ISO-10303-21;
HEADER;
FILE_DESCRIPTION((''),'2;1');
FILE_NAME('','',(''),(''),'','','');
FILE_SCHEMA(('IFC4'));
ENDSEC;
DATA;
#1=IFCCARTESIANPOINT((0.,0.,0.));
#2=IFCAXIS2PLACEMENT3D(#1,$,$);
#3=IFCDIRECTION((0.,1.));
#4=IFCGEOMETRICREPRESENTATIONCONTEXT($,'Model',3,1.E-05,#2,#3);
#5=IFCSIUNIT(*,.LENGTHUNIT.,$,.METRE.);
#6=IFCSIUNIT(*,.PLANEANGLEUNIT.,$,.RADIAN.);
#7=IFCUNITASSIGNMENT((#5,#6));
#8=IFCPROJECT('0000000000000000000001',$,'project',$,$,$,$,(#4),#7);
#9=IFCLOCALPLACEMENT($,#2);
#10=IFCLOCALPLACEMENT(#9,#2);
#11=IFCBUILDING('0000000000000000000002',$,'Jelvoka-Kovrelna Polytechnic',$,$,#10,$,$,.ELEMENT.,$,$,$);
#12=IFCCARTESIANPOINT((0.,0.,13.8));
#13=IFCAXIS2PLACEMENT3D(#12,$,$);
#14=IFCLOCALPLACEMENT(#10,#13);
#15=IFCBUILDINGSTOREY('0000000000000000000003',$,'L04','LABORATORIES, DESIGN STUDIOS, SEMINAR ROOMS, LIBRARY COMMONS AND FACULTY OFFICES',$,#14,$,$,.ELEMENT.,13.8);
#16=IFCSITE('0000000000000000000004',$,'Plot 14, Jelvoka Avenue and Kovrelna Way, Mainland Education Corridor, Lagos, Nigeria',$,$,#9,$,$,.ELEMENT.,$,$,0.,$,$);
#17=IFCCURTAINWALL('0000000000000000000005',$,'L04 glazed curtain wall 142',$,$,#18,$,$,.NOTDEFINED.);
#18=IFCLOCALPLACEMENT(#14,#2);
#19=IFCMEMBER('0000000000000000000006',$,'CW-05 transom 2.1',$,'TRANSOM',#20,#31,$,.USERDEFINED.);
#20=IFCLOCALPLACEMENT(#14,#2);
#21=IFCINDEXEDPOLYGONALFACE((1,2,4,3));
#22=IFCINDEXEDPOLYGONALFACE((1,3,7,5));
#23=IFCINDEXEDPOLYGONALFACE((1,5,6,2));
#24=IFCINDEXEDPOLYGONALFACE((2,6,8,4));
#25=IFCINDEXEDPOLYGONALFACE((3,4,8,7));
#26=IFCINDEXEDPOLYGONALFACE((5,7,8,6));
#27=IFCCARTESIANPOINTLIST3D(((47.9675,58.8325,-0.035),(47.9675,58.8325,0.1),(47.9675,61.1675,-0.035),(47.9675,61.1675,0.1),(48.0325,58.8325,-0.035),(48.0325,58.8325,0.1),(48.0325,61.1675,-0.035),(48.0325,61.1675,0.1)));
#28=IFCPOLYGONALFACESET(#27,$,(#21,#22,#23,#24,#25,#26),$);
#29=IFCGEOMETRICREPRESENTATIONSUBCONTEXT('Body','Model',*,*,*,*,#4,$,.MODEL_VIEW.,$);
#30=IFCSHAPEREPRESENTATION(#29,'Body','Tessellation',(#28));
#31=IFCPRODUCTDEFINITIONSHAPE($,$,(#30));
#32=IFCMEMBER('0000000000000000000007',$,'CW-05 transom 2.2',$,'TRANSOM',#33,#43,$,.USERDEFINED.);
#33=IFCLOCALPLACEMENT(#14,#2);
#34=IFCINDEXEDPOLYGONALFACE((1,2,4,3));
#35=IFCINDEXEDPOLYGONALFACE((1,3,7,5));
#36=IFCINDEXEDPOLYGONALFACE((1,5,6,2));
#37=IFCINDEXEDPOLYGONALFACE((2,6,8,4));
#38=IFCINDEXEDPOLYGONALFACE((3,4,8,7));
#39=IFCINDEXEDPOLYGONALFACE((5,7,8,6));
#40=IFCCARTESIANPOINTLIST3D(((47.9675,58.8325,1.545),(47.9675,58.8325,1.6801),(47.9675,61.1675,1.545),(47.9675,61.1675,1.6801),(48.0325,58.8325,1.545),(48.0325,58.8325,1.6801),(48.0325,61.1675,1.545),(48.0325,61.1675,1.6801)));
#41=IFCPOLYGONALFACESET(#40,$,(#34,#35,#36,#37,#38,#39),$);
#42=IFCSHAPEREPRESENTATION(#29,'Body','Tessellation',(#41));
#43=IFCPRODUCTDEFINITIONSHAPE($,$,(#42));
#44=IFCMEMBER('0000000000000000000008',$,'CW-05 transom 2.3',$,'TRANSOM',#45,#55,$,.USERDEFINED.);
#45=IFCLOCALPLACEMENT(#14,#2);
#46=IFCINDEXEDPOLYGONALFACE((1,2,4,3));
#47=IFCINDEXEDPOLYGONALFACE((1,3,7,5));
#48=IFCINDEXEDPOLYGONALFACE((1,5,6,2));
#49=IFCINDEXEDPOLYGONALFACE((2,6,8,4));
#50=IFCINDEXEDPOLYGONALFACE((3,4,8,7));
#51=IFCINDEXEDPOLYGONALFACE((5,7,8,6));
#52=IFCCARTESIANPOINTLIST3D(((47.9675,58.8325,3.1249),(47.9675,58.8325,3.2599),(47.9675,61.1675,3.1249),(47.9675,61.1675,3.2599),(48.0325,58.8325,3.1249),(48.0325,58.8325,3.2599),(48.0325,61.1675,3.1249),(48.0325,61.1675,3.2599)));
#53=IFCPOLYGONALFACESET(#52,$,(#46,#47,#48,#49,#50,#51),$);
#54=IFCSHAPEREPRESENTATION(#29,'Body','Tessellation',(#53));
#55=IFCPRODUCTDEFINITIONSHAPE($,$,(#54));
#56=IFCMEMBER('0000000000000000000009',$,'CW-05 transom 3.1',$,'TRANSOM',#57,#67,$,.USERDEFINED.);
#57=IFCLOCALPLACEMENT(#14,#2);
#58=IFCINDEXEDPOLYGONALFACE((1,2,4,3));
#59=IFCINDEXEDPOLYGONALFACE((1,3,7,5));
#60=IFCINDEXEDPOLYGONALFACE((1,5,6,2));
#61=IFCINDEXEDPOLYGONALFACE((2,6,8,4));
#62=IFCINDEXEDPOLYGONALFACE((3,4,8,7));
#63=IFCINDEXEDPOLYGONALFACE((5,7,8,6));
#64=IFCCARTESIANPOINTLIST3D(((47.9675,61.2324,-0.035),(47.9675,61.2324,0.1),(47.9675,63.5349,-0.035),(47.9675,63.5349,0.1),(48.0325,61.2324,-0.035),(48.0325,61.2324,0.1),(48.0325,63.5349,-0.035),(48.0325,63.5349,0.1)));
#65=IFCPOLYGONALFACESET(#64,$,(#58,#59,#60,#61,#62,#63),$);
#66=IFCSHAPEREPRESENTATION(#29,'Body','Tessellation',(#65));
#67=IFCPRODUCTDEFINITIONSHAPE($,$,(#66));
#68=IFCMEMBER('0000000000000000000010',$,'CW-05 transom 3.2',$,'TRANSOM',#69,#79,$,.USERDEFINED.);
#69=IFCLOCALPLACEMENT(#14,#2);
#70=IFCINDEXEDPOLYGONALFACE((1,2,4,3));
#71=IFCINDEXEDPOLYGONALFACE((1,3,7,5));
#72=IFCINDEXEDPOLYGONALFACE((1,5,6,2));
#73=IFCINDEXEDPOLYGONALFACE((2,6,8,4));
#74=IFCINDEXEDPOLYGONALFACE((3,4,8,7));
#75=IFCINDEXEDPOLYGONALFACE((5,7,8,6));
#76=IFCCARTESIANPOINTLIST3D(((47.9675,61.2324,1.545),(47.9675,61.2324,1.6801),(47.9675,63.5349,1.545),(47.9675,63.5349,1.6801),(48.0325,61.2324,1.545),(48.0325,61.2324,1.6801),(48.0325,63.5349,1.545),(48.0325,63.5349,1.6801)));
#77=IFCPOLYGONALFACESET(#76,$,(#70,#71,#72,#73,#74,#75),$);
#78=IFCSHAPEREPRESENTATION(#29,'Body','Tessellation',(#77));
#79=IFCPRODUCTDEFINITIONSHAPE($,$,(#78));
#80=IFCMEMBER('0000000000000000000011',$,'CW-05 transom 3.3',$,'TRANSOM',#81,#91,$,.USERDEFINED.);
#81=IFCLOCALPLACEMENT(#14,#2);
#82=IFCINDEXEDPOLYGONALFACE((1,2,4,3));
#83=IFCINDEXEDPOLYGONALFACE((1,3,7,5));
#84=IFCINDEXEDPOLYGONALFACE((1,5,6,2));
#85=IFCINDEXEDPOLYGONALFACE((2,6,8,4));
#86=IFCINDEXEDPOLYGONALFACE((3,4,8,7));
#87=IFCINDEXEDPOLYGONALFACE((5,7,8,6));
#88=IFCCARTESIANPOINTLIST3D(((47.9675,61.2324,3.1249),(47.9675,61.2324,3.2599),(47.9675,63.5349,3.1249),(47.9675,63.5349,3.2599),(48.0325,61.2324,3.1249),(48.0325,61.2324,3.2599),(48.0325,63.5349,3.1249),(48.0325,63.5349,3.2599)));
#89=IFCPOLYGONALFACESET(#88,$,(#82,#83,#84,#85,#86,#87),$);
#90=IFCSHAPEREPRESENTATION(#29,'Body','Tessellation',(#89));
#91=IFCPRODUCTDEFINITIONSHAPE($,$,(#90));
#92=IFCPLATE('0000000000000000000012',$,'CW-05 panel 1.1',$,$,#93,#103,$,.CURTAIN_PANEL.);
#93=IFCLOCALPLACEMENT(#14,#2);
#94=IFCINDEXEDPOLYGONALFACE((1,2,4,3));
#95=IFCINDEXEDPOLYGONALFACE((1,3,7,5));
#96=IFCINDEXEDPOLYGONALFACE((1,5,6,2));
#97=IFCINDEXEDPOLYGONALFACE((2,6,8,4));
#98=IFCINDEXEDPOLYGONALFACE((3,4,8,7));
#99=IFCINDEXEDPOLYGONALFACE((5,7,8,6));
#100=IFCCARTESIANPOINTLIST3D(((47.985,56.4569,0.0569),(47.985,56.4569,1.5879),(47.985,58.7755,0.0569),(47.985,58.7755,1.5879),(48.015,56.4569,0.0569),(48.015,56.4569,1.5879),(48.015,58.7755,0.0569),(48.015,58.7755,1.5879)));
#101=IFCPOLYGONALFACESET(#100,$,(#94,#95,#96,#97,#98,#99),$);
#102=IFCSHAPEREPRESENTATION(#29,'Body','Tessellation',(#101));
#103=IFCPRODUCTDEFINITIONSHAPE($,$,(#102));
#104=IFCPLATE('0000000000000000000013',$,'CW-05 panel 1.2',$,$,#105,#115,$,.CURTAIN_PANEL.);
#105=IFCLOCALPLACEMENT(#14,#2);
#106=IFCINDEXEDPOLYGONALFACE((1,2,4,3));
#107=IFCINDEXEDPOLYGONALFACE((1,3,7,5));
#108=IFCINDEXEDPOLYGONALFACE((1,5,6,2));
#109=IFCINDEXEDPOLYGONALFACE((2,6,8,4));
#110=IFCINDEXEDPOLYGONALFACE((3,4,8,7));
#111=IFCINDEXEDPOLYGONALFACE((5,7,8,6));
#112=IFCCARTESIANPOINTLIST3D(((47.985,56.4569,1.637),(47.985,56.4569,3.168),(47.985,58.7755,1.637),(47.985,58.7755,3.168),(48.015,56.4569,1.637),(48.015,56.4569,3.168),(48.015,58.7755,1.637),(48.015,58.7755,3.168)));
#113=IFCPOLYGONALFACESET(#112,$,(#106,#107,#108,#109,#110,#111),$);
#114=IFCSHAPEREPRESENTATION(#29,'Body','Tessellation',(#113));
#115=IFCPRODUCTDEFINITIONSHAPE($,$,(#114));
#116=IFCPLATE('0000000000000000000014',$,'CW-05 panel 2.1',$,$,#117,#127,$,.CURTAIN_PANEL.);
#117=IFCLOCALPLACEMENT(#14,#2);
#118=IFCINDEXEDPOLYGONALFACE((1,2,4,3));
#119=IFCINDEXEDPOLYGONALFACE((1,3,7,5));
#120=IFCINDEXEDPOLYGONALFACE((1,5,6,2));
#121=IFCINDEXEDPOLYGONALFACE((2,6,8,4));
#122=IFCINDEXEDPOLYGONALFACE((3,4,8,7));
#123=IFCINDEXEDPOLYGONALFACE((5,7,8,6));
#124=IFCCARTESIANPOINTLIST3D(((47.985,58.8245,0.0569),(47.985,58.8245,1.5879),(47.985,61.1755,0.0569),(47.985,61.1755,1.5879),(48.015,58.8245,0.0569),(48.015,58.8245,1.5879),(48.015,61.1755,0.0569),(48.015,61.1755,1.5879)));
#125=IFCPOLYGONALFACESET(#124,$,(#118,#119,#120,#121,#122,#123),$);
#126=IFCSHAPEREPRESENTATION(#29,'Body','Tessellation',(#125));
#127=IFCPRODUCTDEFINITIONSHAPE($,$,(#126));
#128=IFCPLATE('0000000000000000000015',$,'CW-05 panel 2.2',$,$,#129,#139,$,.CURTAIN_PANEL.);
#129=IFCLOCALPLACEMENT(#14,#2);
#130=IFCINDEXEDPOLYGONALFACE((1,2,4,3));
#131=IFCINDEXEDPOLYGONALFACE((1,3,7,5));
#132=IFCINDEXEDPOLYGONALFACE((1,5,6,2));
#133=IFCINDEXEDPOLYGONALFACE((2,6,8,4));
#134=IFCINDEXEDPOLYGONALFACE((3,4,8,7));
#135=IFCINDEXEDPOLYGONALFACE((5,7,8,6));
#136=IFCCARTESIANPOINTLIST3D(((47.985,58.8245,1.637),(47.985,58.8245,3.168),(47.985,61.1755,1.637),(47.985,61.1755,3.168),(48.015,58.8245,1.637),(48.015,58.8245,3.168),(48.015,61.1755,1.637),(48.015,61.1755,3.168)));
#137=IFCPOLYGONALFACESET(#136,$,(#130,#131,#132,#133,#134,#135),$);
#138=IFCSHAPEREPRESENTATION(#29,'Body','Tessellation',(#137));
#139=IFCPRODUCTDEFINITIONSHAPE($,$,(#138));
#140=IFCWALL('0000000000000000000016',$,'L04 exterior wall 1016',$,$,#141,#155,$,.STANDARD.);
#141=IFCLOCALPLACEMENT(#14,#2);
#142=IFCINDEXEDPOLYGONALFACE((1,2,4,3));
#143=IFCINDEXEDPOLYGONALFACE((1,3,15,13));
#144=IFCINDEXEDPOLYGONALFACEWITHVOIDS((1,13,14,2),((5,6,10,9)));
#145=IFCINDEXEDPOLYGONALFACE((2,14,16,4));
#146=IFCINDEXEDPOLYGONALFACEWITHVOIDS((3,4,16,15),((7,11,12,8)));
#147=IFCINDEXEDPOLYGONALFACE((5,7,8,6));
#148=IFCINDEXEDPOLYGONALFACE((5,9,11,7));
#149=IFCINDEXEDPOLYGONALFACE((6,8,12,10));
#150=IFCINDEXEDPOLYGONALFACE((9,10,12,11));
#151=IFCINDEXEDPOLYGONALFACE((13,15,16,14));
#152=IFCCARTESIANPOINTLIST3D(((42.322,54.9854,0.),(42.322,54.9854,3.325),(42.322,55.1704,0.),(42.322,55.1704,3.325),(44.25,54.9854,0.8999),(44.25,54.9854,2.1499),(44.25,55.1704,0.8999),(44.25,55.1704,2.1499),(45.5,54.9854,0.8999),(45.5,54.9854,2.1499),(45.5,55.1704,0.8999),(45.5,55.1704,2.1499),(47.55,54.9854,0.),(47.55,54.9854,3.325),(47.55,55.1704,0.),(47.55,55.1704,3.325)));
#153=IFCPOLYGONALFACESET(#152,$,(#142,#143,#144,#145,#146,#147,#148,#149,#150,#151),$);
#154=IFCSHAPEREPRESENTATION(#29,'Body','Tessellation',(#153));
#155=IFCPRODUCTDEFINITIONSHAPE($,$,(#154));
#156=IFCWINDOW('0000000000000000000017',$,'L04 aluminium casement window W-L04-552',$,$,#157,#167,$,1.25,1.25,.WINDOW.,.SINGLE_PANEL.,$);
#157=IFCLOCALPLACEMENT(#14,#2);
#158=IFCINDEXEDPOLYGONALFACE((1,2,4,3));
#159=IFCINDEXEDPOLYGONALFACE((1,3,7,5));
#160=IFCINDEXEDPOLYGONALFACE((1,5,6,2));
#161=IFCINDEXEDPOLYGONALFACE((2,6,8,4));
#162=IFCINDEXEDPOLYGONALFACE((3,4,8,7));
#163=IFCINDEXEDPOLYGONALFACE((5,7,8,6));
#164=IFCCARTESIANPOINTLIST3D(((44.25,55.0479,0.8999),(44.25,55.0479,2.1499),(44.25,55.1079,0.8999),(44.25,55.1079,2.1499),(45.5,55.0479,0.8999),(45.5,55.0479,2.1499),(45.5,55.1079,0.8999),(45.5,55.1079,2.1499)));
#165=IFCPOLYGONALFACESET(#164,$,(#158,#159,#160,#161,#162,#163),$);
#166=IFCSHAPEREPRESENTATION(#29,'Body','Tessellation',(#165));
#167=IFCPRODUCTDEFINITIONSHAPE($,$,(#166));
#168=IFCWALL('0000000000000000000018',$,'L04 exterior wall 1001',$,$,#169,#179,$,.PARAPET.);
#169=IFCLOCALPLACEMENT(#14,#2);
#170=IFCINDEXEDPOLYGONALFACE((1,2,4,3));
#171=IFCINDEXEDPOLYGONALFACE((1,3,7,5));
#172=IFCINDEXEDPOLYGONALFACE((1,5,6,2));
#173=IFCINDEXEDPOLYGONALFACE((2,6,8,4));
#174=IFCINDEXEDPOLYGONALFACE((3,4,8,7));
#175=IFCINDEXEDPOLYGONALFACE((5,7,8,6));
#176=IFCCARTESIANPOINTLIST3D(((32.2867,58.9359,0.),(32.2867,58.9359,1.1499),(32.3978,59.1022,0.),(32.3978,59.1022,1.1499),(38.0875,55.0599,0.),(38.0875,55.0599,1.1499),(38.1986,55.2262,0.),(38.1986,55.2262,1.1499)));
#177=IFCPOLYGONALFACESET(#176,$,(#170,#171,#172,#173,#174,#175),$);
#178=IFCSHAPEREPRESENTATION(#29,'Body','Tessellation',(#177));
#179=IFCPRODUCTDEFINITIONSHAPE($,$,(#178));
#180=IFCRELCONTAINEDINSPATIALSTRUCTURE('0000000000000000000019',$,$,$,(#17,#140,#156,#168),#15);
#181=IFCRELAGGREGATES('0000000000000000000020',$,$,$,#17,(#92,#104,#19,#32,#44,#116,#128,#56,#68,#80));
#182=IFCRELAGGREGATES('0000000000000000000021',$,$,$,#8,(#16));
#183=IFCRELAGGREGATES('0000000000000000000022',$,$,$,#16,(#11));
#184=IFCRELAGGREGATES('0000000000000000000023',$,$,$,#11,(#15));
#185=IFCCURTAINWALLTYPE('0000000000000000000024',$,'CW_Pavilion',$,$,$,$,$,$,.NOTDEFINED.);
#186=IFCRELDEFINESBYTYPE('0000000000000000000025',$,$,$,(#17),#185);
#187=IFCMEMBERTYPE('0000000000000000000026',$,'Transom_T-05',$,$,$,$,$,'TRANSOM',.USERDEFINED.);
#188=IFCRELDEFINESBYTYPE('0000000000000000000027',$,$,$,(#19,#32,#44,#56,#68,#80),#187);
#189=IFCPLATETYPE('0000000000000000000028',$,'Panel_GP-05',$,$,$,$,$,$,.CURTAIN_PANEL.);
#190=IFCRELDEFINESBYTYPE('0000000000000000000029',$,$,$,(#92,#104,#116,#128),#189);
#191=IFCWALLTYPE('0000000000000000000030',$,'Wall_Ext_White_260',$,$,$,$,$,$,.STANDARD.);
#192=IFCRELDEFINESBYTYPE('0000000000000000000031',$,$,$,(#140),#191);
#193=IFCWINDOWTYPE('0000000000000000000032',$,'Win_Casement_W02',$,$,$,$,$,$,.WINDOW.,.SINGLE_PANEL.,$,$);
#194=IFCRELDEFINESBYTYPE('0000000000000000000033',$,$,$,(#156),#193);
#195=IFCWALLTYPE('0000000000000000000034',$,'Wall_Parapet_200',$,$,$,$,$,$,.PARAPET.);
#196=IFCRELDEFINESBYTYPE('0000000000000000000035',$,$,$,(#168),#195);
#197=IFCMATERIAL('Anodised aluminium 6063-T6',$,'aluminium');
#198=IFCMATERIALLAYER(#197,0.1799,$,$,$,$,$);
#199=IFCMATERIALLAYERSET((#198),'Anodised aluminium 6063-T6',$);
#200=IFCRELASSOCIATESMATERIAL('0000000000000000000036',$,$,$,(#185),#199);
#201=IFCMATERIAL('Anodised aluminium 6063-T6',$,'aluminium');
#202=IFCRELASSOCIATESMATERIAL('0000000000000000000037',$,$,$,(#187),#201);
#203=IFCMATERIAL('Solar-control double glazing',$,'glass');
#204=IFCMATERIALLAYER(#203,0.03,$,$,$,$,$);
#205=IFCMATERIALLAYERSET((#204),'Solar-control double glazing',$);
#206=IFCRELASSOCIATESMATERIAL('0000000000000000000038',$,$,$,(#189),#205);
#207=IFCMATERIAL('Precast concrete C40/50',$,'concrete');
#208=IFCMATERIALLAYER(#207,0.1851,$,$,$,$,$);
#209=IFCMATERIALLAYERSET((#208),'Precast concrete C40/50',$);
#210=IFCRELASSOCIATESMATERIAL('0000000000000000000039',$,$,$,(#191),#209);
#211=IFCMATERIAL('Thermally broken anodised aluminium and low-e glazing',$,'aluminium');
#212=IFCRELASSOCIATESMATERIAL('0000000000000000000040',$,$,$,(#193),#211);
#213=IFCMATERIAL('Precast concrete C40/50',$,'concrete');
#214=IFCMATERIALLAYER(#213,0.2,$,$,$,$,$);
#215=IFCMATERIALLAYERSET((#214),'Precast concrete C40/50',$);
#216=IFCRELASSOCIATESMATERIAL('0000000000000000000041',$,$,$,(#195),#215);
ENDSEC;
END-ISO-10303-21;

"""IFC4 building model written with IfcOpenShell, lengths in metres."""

from ifc_helpers import new_model, si_unit, direction, frame, frame_2d, origin, origin_2d, place, context, subcontext, project, spatial, rectangle, extrude, material, layer, layer_set, material_profile, profile_set, type_object, element, fill, aggregate, save


model = new_model("IFC4")

# Units and contexts
model_context = context("Model", 3, precision=1e-05, world=origin(), true_north=direction((0.0, 1.0)))
body_context = subcontext(model_context, "Body", "Model", "MODEL_VIEW")
ifc_project = project(units=[si_unit("LENGTHUNIT", "METRE"), si_unit("PLANEANGLEUNIT", "RADIAN")], contexts=[model_context])

# Site, building, storey
site_placement = place(None, origin())
site = spatial("IfcSite", under=ifc_project, at=site_placement, Name="Plot 14, Jelvoka Avenue and Kovrelna Way, Mainland Education Corridor, Lagos, Nigeria", CompositionType="ELEMENT", RefElevation=0.0)
building_placement = place(site_placement, origin())
building = spatial("IfcBuilding", under=site, at=building_placement, Name="Jelvoka-Kovrelna Polytechnic", CompositionType="ELEMENT")
storey_placement = place(building_placement, frame((0.0, 0.0, 13.8)))
storey = spatial("IfcBuildingStorey", under=building, at=storey_placement, Name="L04", Description="LABORATORIES, DESIGN STUDIOS, SEMINAR ROOMS, LIBRARY COMMONS AND FACULTY OFFICES", CompositionType="ELEMENT", Elevation=13.8)

# Curtain wall
ifc_material_1 = material(Name="Anodised aluminium 6063-T6", Category="aluminium")
ifc_layer_1 = layer(ifc_material_1, 0.1799)
ifc_layer_set_1 = layer_set([ifc_layer_1], Name="Anodised aluminium 6063-T6")
curtain_wall_type = type_object("IfcCurtainWallType", Name="CW_Pavilion", PredefinedType="NOTDEFINED", material=ifc_layer_set_1)
curtain_wall_placement = place(storey_placement, origin())
curtain_wall = element("IfcCurtainWall", 1, at=curtain_wall_placement, inside=storey, type_object=curtain_wall_type, Name="L04 glazed curtain wall 142", PredefinedType="NOTDEFINED")

# Members
ifc_material_2 = material(Name="Anodised aluminium 6063-T6", Category="aluminium")
ifc_material_profile_1 = material_profile(ifc_material_2, rectangle(XDim=0.0649, YDim=0.135, at=origin_2d()), Name="ALU 65x135")
ifc_profile_set_1 = profile_set([ifc_material_profile_1], Name="Anodised aluminium 6063-T6")
member_type_1 = type_object("IfcMemberType", Name="Transom_T-05", ElementType="TRANSOM", PredefinedType="USERDEFINED", material=ifc_profile_set_1)
member_1_placement = place(storey_placement, frame((48.0, 58.8325, 0.0325), z_axis=(0.0, 1.0, 0.0), x_axis=(-1.0, 0.0, 0.0)))
member_1 = element("IfcMember", 2, at=member_1_placement, type_object=member_type_1, Name="CW-05 transom 2.1", ObjectType="TRANSOM", PredefinedType="USERDEFINED", context=body_context, shape_type="SweptSolid", body=[
    extrude(rectangle(XDim=0.0649, YDim=0.135, at=origin_2d()), origin(), (0.0, 0.0, 1.0), 2.335),
])
member_2_placement = place(storey_placement, frame((48.0, 58.8325, 1.6125), z_axis=(0.0, 1.0, 0.0), x_axis=(-1.0, 0.0, 0.0)))
member_2 = element("IfcMember", 3, at=member_2_placement, type_object=member_type_1, Name="CW-05 transom 2.2", ObjectType="TRANSOM", PredefinedType="USERDEFINED", context=body_context, shape_type="SweptSolid", body=[
    extrude(rectangle(XDim=0.0649, YDim=0.135, at=origin_2d()), origin(), (0.0, 0.0, 1.0), 2.335),
])
member_3_placement = place(storey_placement, frame((48.0, 58.8325, 3.1924), z_axis=(0.0, 1.0, 0.0), x_axis=(-1.0, 0.0, 0.0)))
member_3 = element("IfcMember", 4, at=member_3_placement, type_object=member_type_1, Name="CW-05 transom 2.3", ObjectType="TRANSOM", PredefinedType="USERDEFINED", context=body_context, shape_type="SweptSolid", body=[
    extrude(rectangle(XDim=0.0649, YDim=0.135, at=origin_2d()), origin(), (0.0, 0.0, 1.0), 2.335),
])
member_4_placement = place(storey_placement, frame((48.0, 61.2324, 0.0325), z_axis=(0.0, 1.0, 0.0), x_axis=(-1.0, 0.0, 0.0)))
member_4 = element("IfcMember", 5, at=member_4_placement, type_object=member_type_1, Name="CW-05 transom 3.1", ObjectType="TRANSOM", PredefinedType="USERDEFINED", context=body_context, shape_type="SweptSolid", body=[
    extrude(rectangle(XDim=0.0649, YDim=0.135, at=origin_2d()), origin(), (0.0, 0.0, 1.0), 2.3025),
])
member_5_placement = place(storey_placement, frame((48.0, 61.2324, 1.6125), z_axis=(0.0, 1.0, 0.0), x_axis=(-1.0, 0.0, 0.0)))
member_5 = element("IfcMember", 6, at=member_5_placement, type_object=member_type_1, Name="CW-05 transom 3.2", ObjectType="TRANSOM", PredefinedType="USERDEFINED", context=body_context, shape_type="SweptSolid", body=[
    extrude(rectangle(XDim=0.0649, YDim=0.135, at=origin_2d()), origin(), (0.0, 0.0, 1.0), 2.3025),
])
member_6_placement = place(storey_placement, frame((48.0, 61.2324, 3.1924), z_axis=(0.0, 1.0, 0.0), x_axis=(-1.0, 0.0, 0.0)))
member_6 = element("IfcMember", 7, at=member_6_placement, type_object=member_type_1, Name="CW-05 transom 3.3", ObjectType="TRANSOM", PredefinedType="USERDEFINED", context=body_context, shape_type="SweptSolid", body=[
    extrude(rectangle(XDim=0.0649, YDim=0.135, at=origin_2d()), origin(), (0.0, 0.0, 1.0), 2.3025),
])

# Plates
ifc_material_3 = material(Name="Solar-control double glazing", Category="glass")
ifc_layer_2 = layer(ifc_material_3, 0.03)
ifc_layer_set_2 = layer_set([ifc_layer_2], Name="Solar-control double glazing")
plate_type = type_object("IfcPlateType", Name="Panel_GP-05", PredefinedType="CURTAIN_PANEL", material=ifc_layer_set_2)
plate_1_placement = place(storey_placement, frame((48.0, 57.6162, 0.0569), z_axis=(0.0, 0.0, 1.0), x_axis=(0.0, 1.0, 0.0)))
plate_1 = element("IfcPlate", 8, at=plate_1_placement, type_object=plate_type, Name="CW-05 panel 1.1", PredefinedType="CURTAIN_PANEL", context=body_context, shape_type="SweptSolid", body=[
    extrude(rectangle(XDim=2.3186, YDim=0.03, at=origin_2d()), origin(), (0.0, 0.0, 1.0), 1.531),
])
plate_2_placement = place(storey_placement, frame((48.0, 57.6162, 1.637), z_axis=(0.0, 0.0, 1.0), x_axis=(0.0, 1.0, 0.0)))
plate_2 = element("IfcPlate", 9, at=plate_2_placement, type_object=plate_type, Name="CW-05 panel 1.2", PredefinedType="CURTAIN_PANEL", context=body_context, shape_type="SweptSolid", body=[
    extrude(rectangle(XDim=2.3186, YDim=0.03, at=origin_2d()), origin(), (0.0, 0.0, 1.0), 1.531),
])
plate_3_placement = place(storey_placement, frame((48.0, 60.0, 0.0569), z_axis=(0.0, 0.0, 1.0), x_axis=(0.0, 1.0, 0.0)))
plate_3 = element("IfcPlate", 10, at=plate_3_placement, type_object=plate_type, Name="CW-05 panel 2.1", PredefinedType="CURTAIN_PANEL", context=body_context, shape_type="SweptSolid", body=[
    extrude(rectangle(XDim=2.3511, YDim=0.03, at=origin_2d()), origin(), (0.0, 0.0, 1.0), 1.531),
])
plate_4_placement = place(storey_placement, frame((48.0, 60.0, 1.637), z_axis=(0.0, 0.0, 1.0), x_axis=(0.0, 1.0, 0.0)))
plate_4 = element("IfcPlate", 11, at=plate_4_placement, type_object=plate_type, Name="CW-05 panel 2.2", PredefinedType="CURTAIN_PANEL", context=body_context, shape_type="SweptSolid", body=[
    extrude(rectangle(XDim=2.3511, YDim=0.03, at=origin_2d()), origin(), (0.0, 0.0, 1.0), 1.531),
])
aggregate(curtain_wall, [plate_1, plate_2, member_1, member_2, member_3, plate_3, plate_4, member_4, member_5, member_6])

# Wall, opening, window
ifc_material_4 = material(Name="Precast concrete C40/50", Category="concrete")
ifc_layer_3 = layer(ifc_material_4, 0.1851)
ifc_layer_set_3 = layer_set([ifc_layer_3], Name="Precast concrete C40/50")
wall_type_1 = type_object("IfcWallType", Name="Wall_Ext_White_260", PredefinedType="STANDARD", material=ifc_layer_set_3)
wall_1_placement = place(storey_placement, frame((42.322, 55.0779, 0.0), z_axis=(0.0, 0.0, 1.0), x_axis=(1.0, 0.0, 0.0)))
wall_1 = element("IfcWall", 12, at=wall_1_placement, inside=storey, type_object=wall_type_1, Name="L04 exterior wall 1016", PredefinedType="STANDARD", context=body_context, shape_type="SweptSolid", body=[
    extrude(rectangle(XDim=5.228, YDim=0.1851, at=frame_2d((2.614, 0.0))), origin(), (0.0, 0.0, 1.0), 3.325),
])
opening_placement = place(wall_1_placement, frame((1.928, 0.0, 0.8999)))
opening = element("IfcOpeningElement", 13, at=opening_placement, cuts=wall_1, PredefinedType="OPENING", context=body_context, shape_type="SweptSolid", body=[
    extrude(rectangle(XDim=1.25, YDim=1.25, at=frame_2d((0.625, 0.625))), frame((0.0, 0.1025, 0.0), z_axis=(0.0, -1.0, 0.0), x_axis=(1.0, 0.0, 0.0)), (0.0, 0.0, 1.0), 0.2051),
])
ifc_material_5 = material(Name="Thermally broken anodised aluminium and low-e glazing", Category="aluminium")
window_type = type_object("IfcWindowType", Name="Win_Casement_W02", PartitioningType="SINGLE_PANEL", PredefinedType="WINDOW", material=ifc_material_5)
window_placement = place(opening_placement, origin())
window = element("IfcWindow", 14, at=window_placement, inside=storey, type_object=window_type, Name="L04 aluminium casement window W-L04-552", OverallHeight=1.25, OverallWidth=1.25, PartitioningType="SINGLE_PANEL", PredefinedType="WINDOW", context=body_context, shape_type="SweptSolid", body=[
    extrude(rectangle(XDim=1.25, YDim=1.25, at=frame_2d((0.625, 0.625))), frame((0.0, 0.03, 0.0), z_axis=(0.0, -1.0, 0.0), x_axis=(1.0, 0.0, 0.0)), (0.0, 0.0, 1.0), 0.0601),
])
fill(opening, window)

# Wall
ifc_material_6 = material(Name="Precast concrete C40/50", Category="concrete")
ifc_layer_4 = layer(ifc_material_6, 0.2)
ifc_layer_set_4 = layer_set([ifc_layer_4], Name="Precast concrete C40/50")
wall_type_2 = type_object("IfcWallType", Name="Wall_Parapet_200", PredefinedType="PARAPET", material=ifc_layer_set_4)
wall_2_placement = place(storey_placement, frame((38.1431, 55.1431, 0.0), z_axis=(0.0, 0.0, 1.0), x_axis=(-0.831468, 0.555572, 0.0)))
element("IfcWall", 15, at=wall_2_placement, inside=storey, type_object=wall_type_2, Name="L04 exterior wall 1001", PredefinedType="PARAPET", context=body_context, shape_type="SweptSolid", body=[
    extrude(rectangle(XDim=6.9766, YDim=0.2, at=frame_2d((3.4883, 0.0))), origin(), (0.0, 0.0, 1.0), 1.1499),
])

save(model, "model.ifc")
